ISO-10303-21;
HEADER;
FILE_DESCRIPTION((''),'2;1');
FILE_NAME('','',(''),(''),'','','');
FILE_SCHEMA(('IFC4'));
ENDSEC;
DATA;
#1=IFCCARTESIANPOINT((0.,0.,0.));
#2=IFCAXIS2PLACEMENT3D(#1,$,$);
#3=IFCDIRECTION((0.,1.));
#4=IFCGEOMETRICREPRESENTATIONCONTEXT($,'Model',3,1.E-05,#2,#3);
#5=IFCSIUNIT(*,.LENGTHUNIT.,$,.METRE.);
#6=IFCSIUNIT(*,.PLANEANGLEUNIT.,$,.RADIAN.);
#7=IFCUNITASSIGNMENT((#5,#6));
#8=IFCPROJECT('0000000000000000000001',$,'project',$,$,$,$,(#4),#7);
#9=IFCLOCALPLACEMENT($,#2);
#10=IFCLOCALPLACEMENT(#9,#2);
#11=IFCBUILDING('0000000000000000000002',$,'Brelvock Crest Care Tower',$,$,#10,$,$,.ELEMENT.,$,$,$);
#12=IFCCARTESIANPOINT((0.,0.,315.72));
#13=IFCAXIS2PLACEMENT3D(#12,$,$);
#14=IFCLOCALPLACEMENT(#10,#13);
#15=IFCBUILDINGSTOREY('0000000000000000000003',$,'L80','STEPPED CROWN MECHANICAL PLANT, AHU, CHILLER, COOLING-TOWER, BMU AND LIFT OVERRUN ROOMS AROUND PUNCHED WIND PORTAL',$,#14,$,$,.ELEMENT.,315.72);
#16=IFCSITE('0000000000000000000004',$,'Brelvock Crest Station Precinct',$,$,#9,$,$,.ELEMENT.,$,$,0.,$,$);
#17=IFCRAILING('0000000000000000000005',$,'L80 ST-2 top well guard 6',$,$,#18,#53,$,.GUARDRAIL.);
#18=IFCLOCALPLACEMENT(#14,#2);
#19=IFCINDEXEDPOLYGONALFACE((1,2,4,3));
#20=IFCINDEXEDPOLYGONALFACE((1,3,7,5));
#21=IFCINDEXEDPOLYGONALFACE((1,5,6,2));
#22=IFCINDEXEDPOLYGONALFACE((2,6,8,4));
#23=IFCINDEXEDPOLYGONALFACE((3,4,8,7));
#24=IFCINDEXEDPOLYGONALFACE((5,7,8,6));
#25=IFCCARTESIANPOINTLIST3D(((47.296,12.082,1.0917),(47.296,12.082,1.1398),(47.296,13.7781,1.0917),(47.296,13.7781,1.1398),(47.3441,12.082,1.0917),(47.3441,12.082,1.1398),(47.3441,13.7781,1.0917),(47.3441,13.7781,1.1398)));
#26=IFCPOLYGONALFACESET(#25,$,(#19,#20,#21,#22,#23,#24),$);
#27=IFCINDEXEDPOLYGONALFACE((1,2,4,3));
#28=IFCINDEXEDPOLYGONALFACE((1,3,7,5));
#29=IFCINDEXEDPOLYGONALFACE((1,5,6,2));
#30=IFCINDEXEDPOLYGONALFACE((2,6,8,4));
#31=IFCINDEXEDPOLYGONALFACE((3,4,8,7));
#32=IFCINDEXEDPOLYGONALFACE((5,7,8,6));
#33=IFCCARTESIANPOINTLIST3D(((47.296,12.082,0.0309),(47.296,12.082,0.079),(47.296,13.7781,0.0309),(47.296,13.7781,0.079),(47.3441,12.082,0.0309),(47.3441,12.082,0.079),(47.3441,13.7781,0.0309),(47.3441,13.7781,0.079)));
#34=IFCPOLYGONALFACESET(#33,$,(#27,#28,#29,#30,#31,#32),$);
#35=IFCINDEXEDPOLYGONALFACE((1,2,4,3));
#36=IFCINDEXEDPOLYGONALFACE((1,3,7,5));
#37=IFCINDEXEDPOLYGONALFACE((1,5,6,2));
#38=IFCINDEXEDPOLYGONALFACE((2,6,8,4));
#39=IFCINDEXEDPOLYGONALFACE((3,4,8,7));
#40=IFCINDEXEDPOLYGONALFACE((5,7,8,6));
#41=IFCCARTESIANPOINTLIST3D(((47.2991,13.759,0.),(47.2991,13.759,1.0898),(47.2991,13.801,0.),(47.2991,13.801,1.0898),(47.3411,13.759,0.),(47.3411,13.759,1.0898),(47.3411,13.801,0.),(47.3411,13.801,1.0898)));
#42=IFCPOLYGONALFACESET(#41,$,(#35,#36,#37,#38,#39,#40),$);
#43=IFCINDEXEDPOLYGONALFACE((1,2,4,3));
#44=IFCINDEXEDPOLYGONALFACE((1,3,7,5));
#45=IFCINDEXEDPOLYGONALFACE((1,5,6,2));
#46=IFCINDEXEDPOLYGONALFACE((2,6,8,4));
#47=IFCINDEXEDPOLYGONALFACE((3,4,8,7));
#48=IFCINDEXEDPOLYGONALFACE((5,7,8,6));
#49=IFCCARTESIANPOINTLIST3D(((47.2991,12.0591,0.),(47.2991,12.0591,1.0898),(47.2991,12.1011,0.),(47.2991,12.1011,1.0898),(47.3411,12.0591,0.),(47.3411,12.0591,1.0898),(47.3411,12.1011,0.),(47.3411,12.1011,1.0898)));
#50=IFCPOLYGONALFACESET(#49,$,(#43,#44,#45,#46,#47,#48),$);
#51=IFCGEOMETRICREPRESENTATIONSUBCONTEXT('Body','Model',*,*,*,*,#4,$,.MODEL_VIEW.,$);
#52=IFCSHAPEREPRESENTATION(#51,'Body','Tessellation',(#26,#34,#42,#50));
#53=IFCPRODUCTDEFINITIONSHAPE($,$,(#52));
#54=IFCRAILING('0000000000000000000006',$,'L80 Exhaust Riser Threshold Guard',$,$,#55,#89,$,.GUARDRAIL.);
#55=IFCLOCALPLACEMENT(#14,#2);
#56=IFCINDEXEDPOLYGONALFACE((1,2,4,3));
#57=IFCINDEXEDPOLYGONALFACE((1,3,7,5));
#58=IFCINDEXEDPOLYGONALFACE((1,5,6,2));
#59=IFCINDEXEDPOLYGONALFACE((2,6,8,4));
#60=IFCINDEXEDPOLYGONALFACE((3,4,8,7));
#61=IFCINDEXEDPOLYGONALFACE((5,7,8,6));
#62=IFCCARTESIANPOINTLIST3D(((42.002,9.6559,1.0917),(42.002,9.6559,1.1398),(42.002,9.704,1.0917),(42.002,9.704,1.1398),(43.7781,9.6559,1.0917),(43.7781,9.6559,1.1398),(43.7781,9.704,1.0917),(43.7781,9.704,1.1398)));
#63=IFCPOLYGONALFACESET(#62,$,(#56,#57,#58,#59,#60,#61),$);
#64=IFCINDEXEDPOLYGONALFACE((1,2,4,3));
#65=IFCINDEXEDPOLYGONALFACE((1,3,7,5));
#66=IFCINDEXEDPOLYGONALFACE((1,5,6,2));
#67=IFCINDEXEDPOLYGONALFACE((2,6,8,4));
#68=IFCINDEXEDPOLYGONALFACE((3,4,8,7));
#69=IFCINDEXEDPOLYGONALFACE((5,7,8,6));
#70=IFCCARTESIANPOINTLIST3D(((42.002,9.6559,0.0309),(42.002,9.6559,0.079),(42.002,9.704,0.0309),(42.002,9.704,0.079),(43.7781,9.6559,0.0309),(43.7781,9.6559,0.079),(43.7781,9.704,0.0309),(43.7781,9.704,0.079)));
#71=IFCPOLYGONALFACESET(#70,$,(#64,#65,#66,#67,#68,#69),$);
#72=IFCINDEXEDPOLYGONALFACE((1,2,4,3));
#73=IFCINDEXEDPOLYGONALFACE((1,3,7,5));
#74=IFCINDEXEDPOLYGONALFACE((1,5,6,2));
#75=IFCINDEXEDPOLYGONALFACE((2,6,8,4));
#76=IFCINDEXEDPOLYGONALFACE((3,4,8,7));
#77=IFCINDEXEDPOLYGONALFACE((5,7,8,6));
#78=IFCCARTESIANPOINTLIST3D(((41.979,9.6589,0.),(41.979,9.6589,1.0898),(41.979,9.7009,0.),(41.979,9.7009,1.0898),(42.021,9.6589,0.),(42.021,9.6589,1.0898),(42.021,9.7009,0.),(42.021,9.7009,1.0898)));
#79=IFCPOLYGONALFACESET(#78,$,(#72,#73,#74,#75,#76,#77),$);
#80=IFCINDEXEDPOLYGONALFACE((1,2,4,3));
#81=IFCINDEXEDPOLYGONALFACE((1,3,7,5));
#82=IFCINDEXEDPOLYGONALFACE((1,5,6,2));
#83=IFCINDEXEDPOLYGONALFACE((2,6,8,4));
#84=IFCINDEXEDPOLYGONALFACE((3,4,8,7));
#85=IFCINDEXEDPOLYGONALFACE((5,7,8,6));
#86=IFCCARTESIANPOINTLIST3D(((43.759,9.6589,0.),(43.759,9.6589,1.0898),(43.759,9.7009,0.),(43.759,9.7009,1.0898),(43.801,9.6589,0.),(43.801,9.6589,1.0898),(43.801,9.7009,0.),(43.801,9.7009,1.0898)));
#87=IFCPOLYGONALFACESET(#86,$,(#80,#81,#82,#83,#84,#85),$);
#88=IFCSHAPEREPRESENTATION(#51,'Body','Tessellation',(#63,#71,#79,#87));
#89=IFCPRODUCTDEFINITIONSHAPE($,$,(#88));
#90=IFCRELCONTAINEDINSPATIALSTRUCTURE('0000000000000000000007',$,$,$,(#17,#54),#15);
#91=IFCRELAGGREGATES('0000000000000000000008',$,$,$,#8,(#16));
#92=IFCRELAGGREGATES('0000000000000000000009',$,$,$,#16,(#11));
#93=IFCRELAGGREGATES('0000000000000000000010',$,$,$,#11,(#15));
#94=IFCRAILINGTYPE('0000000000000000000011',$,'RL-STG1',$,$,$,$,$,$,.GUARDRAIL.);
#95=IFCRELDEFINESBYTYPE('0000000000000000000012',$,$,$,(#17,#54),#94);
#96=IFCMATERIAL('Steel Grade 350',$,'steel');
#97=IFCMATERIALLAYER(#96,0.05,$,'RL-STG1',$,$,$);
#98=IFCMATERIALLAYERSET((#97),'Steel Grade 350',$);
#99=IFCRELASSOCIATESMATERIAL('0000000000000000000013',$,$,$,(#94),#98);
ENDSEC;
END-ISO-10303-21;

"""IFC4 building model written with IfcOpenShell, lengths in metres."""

from ifc_helpers import new_model, si_unit, direction, frame, origin, origin_2d, place, context, subcontext, project, spatial, rectangle, extrude, material, layer, layer_set, type_object, element, save


model = new_model("IFC4")

# Units and contexts
model_context = context("Model", 3, precision=1e-05, world=origin(), true_north=direction((0.0, 1.0)))
body_context = subcontext(model_context, "Body", "Model", "MODEL_VIEW")
ifc_project = project(units=[si_unit("LENGTHUNIT", "METRE"), si_unit("PLANEANGLEUNIT", "RADIAN")], contexts=[model_context])

# Site, building, storey
site_placement = place(None, origin())
site = spatial("IfcSite", under=ifc_project, at=site_placement, Name="Brelvock Crest Station Precinct", CompositionType="ELEMENT", RefElevation=0.0)
building_placement = place(site_placement, origin())
building = spatial("IfcBuilding", under=site, at=building_placement, Name="Brelvock Crest Care Tower", CompositionType="ELEMENT")
storey_placement = place(building_placement, frame((0.0, 0.0, 315.72)))
storey = spatial("IfcBuildingStorey", under=building, at=storey_placement, Name="L80", Description="STEPPED CROWN MECHANICAL PLANT, AHU, CHILLER, COOLING-TOWER, BMU AND LIFT OVERRUN ROOMS AROUND PUNCHED WIND PORTAL", CompositionType="ELEMENT", Elevation=315.72)

# Shared definitions
ifc_material_1 = material(Name="Steel Grade 350", Category="steel")

# Railings
ifc_layer_1 = layer(ifc_material_1, 0.05, Name="RL-STG1")
ifc_layer_set_1 = layer_set([ifc_layer_1], Name="Steel Grade 350")
railing_type = type_object("IfcRailingType", Name="RL-STG1", PredefinedType="GUARDRAIL", material=ifc_layer_set_1)
for number, where, name in (
    (1, (47.3201, 13.78, 0.0), "L80 ST-2 top well guard 6"),
):
    element("IfcRailing", number, at=place(storey_placement, frame(where)), inside=storey, type_object=railing_type, Name=name, PredefinedType="GUARDRAIL", context=body_context, shape_type="SweptSolid", body=[
        extrude(rectangle(XDim=0.0481, YDim=0.0481, at=origin_2d()), frame((0.0, -0.002, 1.1157), z_axis=(0.0, -1.0, 0.0), x_axis=(1.0, 0.0, 0.0)), (0.0, 0.0, 1.0), 1.696),
        extrude(rectangle(XDim=0.0481, YDim=0.0481, at=origin_2d()), frame((0.0, -0.002, 0.0549), z_axis=(0.0, -1.0, 0.0), x_axis=(1.0, 0.0, 0.0)), (0.0, 0.0, 1.0), 1.696),
        extrude(rectangle(XDim=0.042, YDim=0.042, at=origin_2d()), origin(), (0.0, 0.0, 1.0), 1.0898),
        extrude(rectangle(XDim=0.042, YDim=0.042, at=origin_2d()), frame((0.0, -1.7, 0.0)), (0.0, 0.0, 1.0), 1.0898),
    ])
railing_1_placement = place(storey_placement, frame((42.0, 9.6799, 0.0)))
element("IfcRailing", 2, at=railing_1_placement, inside=storey, type_object=railing_type, Name="L80 Exhaust Riser Threshold Guard", PredefinedType="GUARDRAIL", context=body_context, shape_type="SweptSolid", body=[
    extrude(rectangle(XDim=0.0481, YDim=0.0481, at=origin_2d()), frame((0.002, 0.0, 1.1157), z_axis=(1.0, 0.0, 0.0), x_axis=(0.0, 1.0, 0.0)), (0.0, 0.0, 1.0), 1.7761),
    extrude(rectangle(XDim=0.0481, YDim=0.0481, at=origin_2d()), frame((0.002, 0.0, 0.0549), z_axis=(1.0, 0.0, 0.0), x_axis=(0.0, 1.0, 0.0)), (0.0, 0.0, 1.0), 1.7761),
    extrude(rectangle(XDim=0.042, YDim=0.042, at=origin_2d()), origin(), (0.0, 0.0, 1.0), 1.0898),
    extrude(rectangle(XDim=0.042, YDim=0.042, at=origin_2d()), frame((1.78, 0.0, 0.0)), (0.0, 0.0, 1.0), 1.0898),
])

save(model, "model.ifc")
